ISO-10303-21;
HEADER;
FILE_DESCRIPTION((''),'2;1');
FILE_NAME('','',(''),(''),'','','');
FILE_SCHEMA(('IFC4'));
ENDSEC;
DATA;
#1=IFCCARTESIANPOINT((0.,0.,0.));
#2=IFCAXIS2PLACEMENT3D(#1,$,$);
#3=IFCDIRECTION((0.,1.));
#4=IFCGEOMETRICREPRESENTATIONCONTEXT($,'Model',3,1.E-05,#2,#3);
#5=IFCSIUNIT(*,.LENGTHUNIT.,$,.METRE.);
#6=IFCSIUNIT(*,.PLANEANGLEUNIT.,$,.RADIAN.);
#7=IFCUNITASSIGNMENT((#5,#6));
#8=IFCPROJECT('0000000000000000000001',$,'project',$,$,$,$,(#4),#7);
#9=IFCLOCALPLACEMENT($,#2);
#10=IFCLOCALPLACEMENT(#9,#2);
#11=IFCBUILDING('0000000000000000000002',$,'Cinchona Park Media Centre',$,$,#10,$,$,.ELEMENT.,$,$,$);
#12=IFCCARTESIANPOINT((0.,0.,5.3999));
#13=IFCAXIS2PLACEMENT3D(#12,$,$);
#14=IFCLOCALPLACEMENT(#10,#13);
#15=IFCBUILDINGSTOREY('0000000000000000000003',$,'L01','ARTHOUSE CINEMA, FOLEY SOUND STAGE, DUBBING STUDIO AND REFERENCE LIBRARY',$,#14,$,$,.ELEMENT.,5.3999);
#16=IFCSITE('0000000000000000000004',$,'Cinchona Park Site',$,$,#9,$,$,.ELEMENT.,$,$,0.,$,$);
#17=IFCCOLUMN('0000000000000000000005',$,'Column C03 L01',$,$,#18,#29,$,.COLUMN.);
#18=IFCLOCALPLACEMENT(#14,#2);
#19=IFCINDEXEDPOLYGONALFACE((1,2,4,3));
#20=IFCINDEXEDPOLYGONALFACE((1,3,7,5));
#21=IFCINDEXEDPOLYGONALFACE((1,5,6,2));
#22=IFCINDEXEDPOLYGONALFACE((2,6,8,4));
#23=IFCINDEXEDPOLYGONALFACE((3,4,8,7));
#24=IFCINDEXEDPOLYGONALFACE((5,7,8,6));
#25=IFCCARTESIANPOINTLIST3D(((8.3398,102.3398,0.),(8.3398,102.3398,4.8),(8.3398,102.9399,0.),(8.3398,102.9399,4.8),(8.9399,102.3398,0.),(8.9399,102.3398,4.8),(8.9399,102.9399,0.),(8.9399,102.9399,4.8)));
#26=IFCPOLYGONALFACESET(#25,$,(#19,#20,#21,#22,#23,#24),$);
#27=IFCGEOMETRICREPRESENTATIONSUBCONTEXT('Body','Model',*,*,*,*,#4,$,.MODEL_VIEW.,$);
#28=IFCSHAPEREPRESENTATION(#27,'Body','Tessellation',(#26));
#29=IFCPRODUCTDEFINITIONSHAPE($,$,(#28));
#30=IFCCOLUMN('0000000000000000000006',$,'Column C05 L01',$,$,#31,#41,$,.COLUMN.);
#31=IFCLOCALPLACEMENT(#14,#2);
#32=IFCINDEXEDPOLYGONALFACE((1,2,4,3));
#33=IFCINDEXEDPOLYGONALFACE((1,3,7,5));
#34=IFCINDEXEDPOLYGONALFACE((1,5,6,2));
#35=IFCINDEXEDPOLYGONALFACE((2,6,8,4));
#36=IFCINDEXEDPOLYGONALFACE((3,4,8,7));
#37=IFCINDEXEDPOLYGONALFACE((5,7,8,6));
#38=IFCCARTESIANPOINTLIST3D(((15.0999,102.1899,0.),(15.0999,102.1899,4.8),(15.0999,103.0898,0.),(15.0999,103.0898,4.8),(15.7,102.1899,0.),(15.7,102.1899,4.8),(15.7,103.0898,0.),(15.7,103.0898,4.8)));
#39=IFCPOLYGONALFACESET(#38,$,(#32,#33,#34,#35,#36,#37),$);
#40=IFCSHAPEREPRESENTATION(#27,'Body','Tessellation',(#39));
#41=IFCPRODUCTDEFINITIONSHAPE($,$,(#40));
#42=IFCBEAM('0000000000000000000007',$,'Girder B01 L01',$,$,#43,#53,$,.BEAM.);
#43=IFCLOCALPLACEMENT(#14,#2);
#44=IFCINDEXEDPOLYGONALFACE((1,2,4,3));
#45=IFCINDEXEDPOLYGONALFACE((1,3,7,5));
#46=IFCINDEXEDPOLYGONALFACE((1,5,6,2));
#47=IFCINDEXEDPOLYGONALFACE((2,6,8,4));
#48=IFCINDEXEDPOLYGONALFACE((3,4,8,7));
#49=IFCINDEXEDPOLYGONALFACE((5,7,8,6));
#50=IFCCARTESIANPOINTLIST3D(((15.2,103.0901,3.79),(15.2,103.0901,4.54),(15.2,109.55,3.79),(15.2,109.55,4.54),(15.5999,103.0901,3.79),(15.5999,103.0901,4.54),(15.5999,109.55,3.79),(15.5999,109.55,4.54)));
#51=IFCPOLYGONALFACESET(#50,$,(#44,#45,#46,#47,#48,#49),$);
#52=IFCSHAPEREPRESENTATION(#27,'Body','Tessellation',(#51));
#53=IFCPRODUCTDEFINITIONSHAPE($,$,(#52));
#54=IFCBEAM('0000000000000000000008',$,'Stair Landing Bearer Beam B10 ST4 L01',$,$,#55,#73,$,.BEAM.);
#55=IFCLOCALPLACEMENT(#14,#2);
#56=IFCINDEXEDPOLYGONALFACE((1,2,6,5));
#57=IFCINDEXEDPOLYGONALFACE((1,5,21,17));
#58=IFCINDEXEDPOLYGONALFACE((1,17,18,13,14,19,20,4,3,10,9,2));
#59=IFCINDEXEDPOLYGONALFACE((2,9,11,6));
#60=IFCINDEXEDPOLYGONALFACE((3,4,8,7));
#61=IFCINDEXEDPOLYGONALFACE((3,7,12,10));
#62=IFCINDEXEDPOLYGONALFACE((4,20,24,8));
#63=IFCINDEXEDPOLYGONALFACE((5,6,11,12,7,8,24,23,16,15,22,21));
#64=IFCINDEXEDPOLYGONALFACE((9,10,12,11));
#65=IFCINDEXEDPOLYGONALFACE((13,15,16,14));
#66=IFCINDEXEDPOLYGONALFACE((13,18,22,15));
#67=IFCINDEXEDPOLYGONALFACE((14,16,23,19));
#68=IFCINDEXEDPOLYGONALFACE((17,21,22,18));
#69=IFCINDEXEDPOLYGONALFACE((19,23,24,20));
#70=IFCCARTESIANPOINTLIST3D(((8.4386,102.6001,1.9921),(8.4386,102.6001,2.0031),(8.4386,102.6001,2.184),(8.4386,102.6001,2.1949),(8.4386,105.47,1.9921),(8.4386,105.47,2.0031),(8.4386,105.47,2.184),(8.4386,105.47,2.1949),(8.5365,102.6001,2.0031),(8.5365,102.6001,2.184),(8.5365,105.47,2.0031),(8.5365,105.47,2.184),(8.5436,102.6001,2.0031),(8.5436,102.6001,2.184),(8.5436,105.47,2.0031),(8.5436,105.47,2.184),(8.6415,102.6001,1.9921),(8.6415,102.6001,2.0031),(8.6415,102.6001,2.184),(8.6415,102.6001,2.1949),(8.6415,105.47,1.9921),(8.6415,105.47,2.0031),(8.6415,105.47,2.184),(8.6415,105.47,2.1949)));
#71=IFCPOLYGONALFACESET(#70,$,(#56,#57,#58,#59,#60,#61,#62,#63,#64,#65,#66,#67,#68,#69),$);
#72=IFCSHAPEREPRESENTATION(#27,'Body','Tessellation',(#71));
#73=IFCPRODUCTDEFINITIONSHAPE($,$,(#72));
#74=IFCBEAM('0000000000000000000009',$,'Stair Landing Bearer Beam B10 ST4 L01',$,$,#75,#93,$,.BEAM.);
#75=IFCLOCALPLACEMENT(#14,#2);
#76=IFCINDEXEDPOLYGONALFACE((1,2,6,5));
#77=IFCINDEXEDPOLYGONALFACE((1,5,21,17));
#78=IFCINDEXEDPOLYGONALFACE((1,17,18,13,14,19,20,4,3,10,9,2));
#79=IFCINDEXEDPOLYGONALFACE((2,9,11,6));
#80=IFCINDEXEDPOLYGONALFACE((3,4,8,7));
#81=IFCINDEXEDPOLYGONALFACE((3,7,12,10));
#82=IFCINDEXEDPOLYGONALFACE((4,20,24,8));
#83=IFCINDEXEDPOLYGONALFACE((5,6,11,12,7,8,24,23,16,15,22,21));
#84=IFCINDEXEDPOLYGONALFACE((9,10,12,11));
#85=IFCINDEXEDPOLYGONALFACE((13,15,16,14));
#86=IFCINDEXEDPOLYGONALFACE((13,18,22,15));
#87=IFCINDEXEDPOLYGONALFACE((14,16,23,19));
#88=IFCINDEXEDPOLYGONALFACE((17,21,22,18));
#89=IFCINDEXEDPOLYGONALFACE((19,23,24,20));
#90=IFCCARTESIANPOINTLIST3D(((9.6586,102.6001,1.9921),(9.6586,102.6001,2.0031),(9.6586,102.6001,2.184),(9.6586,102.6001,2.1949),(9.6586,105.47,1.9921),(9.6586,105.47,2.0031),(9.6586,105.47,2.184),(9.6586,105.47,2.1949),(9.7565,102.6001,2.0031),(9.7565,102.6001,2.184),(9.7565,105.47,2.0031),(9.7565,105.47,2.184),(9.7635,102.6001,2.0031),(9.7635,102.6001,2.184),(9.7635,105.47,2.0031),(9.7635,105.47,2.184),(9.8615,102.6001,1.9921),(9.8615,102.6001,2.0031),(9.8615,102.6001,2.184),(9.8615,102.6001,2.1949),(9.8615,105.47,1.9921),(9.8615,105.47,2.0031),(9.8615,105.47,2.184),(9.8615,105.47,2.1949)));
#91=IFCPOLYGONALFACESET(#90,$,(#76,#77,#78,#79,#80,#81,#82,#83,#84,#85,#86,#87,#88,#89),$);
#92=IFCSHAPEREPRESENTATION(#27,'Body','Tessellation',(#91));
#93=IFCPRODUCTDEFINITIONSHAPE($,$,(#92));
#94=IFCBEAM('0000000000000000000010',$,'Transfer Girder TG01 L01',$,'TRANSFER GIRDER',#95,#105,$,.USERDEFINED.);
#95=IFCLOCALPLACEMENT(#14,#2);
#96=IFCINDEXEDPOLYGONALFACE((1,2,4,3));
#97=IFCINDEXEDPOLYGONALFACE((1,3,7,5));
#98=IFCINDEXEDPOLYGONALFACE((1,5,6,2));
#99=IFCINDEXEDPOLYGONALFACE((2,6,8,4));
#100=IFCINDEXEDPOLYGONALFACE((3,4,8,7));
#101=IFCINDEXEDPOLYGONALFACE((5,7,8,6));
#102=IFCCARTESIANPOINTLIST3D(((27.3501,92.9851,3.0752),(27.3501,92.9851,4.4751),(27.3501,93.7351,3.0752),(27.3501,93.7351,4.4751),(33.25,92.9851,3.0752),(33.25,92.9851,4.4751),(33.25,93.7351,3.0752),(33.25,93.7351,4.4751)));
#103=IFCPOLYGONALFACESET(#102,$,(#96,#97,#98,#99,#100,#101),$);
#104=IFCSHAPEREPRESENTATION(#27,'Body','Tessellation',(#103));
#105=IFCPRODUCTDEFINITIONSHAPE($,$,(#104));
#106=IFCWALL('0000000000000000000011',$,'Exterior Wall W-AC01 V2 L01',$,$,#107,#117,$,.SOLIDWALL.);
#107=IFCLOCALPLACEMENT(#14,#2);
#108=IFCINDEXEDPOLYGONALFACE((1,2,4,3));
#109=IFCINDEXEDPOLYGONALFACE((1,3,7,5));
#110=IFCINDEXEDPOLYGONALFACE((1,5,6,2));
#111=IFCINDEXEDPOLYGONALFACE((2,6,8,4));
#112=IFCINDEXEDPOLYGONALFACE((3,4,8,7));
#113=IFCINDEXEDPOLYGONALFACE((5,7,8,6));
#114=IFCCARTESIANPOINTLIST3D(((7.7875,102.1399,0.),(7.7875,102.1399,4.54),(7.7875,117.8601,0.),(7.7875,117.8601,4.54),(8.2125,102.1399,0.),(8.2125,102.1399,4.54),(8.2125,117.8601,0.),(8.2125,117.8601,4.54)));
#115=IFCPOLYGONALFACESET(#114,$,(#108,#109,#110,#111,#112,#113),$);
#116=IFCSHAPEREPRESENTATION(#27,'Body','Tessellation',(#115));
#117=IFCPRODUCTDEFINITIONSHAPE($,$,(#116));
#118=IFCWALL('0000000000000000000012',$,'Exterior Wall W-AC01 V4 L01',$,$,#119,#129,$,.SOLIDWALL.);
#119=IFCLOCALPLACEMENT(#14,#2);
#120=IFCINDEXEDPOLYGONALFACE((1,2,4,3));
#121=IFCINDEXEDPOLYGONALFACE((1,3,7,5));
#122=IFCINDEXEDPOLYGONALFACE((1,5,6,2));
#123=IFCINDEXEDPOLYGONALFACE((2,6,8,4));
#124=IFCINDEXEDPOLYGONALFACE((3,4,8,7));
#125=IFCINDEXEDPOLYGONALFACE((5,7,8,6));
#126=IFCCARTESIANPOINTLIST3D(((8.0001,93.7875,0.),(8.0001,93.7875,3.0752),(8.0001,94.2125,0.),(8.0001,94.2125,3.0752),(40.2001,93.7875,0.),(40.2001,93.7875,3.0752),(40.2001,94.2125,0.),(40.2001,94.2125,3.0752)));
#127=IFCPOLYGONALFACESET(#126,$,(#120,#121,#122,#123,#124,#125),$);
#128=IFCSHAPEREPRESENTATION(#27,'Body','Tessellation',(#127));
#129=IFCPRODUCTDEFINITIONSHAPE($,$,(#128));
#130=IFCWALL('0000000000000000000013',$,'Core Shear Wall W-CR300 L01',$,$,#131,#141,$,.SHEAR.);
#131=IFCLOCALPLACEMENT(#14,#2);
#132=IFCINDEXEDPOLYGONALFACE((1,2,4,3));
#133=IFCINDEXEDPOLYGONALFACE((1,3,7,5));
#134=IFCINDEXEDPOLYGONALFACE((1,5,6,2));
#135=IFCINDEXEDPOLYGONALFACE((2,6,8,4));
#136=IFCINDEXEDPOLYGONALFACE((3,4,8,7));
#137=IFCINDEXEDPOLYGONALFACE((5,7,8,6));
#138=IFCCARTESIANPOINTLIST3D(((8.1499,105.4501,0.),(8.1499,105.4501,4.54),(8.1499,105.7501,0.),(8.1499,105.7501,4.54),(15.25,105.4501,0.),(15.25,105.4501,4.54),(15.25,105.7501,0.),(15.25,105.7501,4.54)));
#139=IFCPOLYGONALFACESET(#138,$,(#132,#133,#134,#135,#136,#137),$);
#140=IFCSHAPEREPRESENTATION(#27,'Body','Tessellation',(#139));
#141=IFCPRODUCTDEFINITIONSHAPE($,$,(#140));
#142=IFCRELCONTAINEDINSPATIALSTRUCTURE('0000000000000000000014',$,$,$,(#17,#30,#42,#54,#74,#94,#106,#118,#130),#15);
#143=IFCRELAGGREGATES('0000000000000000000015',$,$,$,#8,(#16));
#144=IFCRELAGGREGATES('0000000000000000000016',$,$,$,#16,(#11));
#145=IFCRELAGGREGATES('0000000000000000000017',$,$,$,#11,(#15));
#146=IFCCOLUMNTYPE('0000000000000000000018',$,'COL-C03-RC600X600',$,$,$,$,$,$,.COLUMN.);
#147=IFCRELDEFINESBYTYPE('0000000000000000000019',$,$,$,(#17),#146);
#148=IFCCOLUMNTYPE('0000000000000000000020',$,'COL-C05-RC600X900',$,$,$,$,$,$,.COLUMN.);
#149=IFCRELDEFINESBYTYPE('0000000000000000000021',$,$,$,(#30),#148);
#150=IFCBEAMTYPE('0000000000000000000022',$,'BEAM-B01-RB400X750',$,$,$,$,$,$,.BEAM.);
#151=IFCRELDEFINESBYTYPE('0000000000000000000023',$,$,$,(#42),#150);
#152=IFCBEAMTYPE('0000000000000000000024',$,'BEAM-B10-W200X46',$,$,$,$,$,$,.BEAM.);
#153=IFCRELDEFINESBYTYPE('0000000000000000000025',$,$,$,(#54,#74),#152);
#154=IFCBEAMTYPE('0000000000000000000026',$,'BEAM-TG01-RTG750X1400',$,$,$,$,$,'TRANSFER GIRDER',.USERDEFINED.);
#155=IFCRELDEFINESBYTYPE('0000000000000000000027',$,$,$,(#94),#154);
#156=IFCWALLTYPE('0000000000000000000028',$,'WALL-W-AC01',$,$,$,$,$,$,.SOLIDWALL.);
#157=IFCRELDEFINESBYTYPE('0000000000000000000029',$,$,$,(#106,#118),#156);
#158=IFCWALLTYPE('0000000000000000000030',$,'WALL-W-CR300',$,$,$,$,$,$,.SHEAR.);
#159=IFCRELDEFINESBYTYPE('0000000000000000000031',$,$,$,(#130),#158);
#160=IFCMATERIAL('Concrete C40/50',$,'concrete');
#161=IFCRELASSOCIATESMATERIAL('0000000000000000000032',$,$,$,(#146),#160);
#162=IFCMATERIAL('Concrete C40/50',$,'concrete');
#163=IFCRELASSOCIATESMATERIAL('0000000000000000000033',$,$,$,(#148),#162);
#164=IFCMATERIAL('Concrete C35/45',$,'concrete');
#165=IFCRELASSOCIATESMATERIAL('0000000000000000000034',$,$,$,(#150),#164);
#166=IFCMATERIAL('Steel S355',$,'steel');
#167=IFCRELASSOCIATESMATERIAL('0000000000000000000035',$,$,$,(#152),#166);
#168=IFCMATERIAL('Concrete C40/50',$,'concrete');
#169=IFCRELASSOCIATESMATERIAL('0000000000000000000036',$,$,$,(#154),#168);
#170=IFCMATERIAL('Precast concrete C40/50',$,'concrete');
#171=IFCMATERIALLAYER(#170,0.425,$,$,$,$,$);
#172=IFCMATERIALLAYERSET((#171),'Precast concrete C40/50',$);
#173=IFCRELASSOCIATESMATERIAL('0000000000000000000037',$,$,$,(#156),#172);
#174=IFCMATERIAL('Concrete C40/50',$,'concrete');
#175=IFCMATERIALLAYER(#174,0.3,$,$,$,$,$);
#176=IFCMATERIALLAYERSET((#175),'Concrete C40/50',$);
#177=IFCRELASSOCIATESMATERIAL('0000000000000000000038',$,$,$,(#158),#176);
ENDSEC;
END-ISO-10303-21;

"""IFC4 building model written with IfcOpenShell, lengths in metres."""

from ifc_helpers import new_model, si_unit, direction, frame, frame_2d, origin, origin_2d, place, context, subcontext, project, spatial, rectangle, i_section, extrude, material, layer, layer_set, material_profile, profile_set, type_object, element, save


model = new_model("IFC4")

# Units and contexts
model_context = context("Model", 3, precision=1e-05, world=origin(), true_north=direction((0.0, 1.0)))
body_context = subcontext(model_context, "Body", "Model", "MODEL_VIEW")
ifc_project = project(units=[si_unit("LENGTHUNIT", "METRE"), si_unit("PLANEANGLEUNIT", "RADIAN")], contexts=[model_context])

# Site, building, storey
site_placement = place(None, origin())
site = spatial("IfcSite", under=ifc_project, at=site_placement, Name="Cinchona Park Site", CompositionType="ELEMENT", RefElevation=0.0)
building_placement = place(site_placement, origin())
building = spatial("IfcBuilding", under=site, at=building_placement, Name="Cinchona Park Media Centre", CompositionType="ELEMENT")
storey_placement = place(building_placement, frame((0.0, 0.0, 5.3999)))
storey = spatial("IfcBuildingStorey", under=building, at=storey_placement, Name="L01", Description="ARTHOUSE CINEMA, FOLEY SOUND STAGE, DUBBING STUDIO AND REFERENCE LIBRARY", CompositionType="ELEMENT", Elevation=5.3999)

# Columns
ifc_material_1 = material(Name="Concrete C40/50", Category="concrete")
ifc_material_profile_1 = material_profile(ifc_material_1, rectangle(XDim=0.6001, YDim=0.6001, at=origin_2d()), Name="RC 600X600")
ifc_profile_set_1 = profile_set([ifc_material_profile_1], Name="Concrete C40/50")
column_type_1 = type_object("IfcColumnType", Name="COL-C03-RC600X600", PredefinedType="COLUMN", material=ifc_profile_set_1)
column_1_placement = place(storey_placement, frame((8.6399, 102.6399, 0.0), z_axis=(0.0, 0.0, 1.0), x_axis=(1.0, 0.0, 0.0)))
element("IfcColumn", 1, at=column_1_placement, inside=storey, type_object=column_type_1, Name="Column C03 L01", PredefinedType="COLUMN", context=body_context, shape_type="SweptSolid", body=[
    extrude(rectangle(XDim=0.6001, YDim=0.6001, at=origin_2d()), origin(), (0.0, 0.0, 1.0), 4.8),
])
ifc_material_2 = material(Name="Concrete C40/50", Category="concrete")
ifc_material_profile_2 = material_profile(ifc_material_2, rectangle(XDim=0.6001, YDim=0.8999, at=origin_2d()), Name="RC 600X900")
ifc_profile_set_2 = profile_set([ifc_material_profile_2], Name="Concrete C40/50")
column_type_2 = type_object("IfcColumnType", Name="COL-C05-RC600X900", PredefinedType="COLUMN", material=ifc_profile_set_2)
column_2_placement = place(storey_placement, frame((15.3999, 102.6399, 0.0), z_axis=(0.0, 0.0, 1.0), x_axis=(1.0, 0.0, 0.0)))
element("IfcColumn", 2, at=column_2_placement, inside=storey, type_object=column_type_2, Name="Column C05 L01", PredefinedType="COLUMN", context=body_context, shape_type="SweptSolid", body=[
    extrude(rectangle(XDim=0.6001, YDim=0.8999, at=origin_2d()), origin(), (0.0, 0.0, 1.0), 4.8),
])

# Beams
ifc_material_3 = material(Name="Concrete C35/45", Category="concrete")
ifc_material_profile_3 = material_profile(ifc_material_3, rectangle(XDim=0.3999, YDim=0.75, at=origin_2d()), Name="RB 400X750")
ifc_profile_set_3 = profile_set([ifc_material_profile_3], Name="Concrete C35/45")
beam_type_1 = type_object("IfcBeamType", Name="BEAM-B01-RB400X750", PredefinedType="BEAM", material=ifc_profile_set_3)
beam_1_placement = place(storey_placement, frame((15.3999, 103.0901, 4.165), z_axis=(0.0, 1.0, 0.0), x_axis=(-1.0, 0.0, 0.0)))
element("IfcBeam", 3, at=beam_1_placement, inside=storey, type_object=beam_type_1, Name="Girder B01 L01", PredefinedType="BEAM", context=body_context, shape_type="SweptSolid", body=[
    extrude(rectangle(XDim=0.3999, YDim=0.75, at=origin_2d()), origin(), (0.0, 0.0, 1.0), 6.46),
])
ifc_material_4 = material(Name="Steel S355", Category="steel")
ifc_material_profile_4 = material_profile(ifc_material_4, i_section(OverallWidth=0.2029, OverallDepth=0.2029, WebThickness=0.0071, FlangeThickness=0.011, at=origin_2d()), Name="W200X46")
ifc_profile_set_4 = profile_set([ifc_material_profile_4], Name="Steel S355")
beam_type_2 = type_object("IfcBeamType", Name="BEAM-B10-W200X46", PredefinedType="BEAM", material=ifc_profile_set_4)
for number, where, z_axis, x_axis, name in (
    (4, (8.54, 105.47, 2.0935), (0.0, -1.0, 0.0), (1.0, 0.0, 0.0), "Stair Landing Bearer Beam B10 ST4 L01"),
    (5, (9.76, 105.47, 2.0935), (0.0, -1.0, 0.0), (1.0, 0.0, 0.0), "Stair Landing Bearer Beam B10 ST4 L01"),
):
    element("IfcBeam", number, at=place(storey_placement, frame(where, z_axis=z_axis, x_axis=x_axis)), inside=storey, type_object=beam_type_2, Name=name, PredefinedType="BEAM", context=body_context, shape_type="SweptSolid", body=[
        extrude(i_section(OverallWidth=0.2029, OverallDepth=0.2029, WebThickness=0.0071, FlangeThickness=0.011, at=origin_2d()), origin(), (0.0, 0.0, 1.0), 2.8699),
    ])
ifc_material_5 = material(Name="Concrete C40/50", Category="concrete")
ifc_material_profile_5 = material_profile(ifc_material_5, rectangle(XDim=0.75, YDim=1.3999, at=origin_2d()), Name="RTG 750X1400")
ifc_profile_set_5 = profile_set([ifc_material_profile_5], Name="Concrete C40/50")
beam_type_3 = type_object("IfcBeamType", Name="BEAM-TG01-RTG750X1400", ElementType="TRANSFER GIRDER", PredefinedType="USERDEFINED", material=ifc_profile_set_5)
beam_2_placement = place(storey_placement, frame((27.3501, 93.3601, 3.7751), z_axis=(1.0, 0.0, 0.0), x_axis=(0.0, 1.0, 0.0)))
element("IfcBeam", 6, at=beam_2_placement, inside=storey, type_object=beam_type_3, Name="Transfer Girder TG01 L01", ObjectType="TRANSFER GIRDER", PredefinedType="USERDEFINED", context=body_context, shape_type="SweptSolid", body=[
    extrude(rectangle(XDim=0.75, YDim=1.3999, at=origin_2d()), origin(), (0.0, 0.0, 1.0), 5.8999),
])

# Walls
ifc_material_6 = material(Name="Precast concrete C40/50", Category="concrete")
ifc_layer_1 = layer(ifc_material_6, 0.425)
ifc_layer_set_1 = layer_set([ifc_layer_1], Name="Precast concrete C40/50")
wall_type_1 = type_object("IfcWallType", Name="WALL-W-AC01", PredefinedType="SOLIDWALL", material=ifc_layer_set_1)
wall_1_placement = place(storey_placement, frame((8.0, 102.1399, 0.0), z_axis=(0.0, 0.0, 1.0), x_axis=(0.0, 1.0, 0.0)))
element("IfcWall", 7, at=wall_1_placement, inside=storey, type_object=wall_type_1, Name="Exterior Wall W-AC01 V2 L01", PredefinedType="SOLIDWALL", context=body_context, shape_type="SweptSolid", body=[
    extrude(rectangle(XDim=15.7202, YDim=0.425, at=frame_2d((7.8601, 0.0))), origin(), (0.0, 0.0, 1.0), 4.54),
])
wall_2_placement = place(storey_placement, frame((8.0, 94.0, 0.0), z_axis=(0.0, 0.0, 1.0), x_axis=(1.0, 0.0, 0.0)))
element("IfcWall", 8, at=wall_2_placement, inside=storey, type_object=wall_type_1, Name="Exterior Wall W-AC01 V4 L01", PredefinedType="SOLIDWALL", context=body_context, shape_type="SweptSolid", body=[
    extrude(rectangle(XDim=32.2, YDim=0.425, at=frame_2d((16.1001, 0.0))), origin(), (0.0, 0.0, 1.0), 3.0752),
])

# Shared definitions
ifc_material_7 = material(Name="Concrete C40/50", Category="concrete")
ifc_layer_2 = layer(ifc_material_7, 0.3)
ifc_layer_set_2 = layer_set([ifc_layer_2], Name="Concrete C40/50")
wall_type_2 = type_object("IfcWallType", Name="WALL-W-CR300", PredefinedType="SHEAR", material=ifc_layer_set_2)

# Wall
wall_3_placement = place(storey_placement, frame((8.1499, 105.6001, 0.0), z_axis=(0.0, 0.0, 1.0), x_axis=(1.0, 0.0, 0.0)))
element("IfcWall", 9, at=wall_3_placement, inside=storey, type_object=wall_type_2, Name="Core Shear Wall W-CR300 L01", PredefinedType="SHEAR", context=body_context, shape_type="SweptSolid", body=[
    extrude(rectangle(XDim=7.1001, YDim=0.3, at=frame_2d((3.55, 0.0))), origin(), (0.0, 0.0, 1.0), 4.54),
])

save(model, "model.ifc")
